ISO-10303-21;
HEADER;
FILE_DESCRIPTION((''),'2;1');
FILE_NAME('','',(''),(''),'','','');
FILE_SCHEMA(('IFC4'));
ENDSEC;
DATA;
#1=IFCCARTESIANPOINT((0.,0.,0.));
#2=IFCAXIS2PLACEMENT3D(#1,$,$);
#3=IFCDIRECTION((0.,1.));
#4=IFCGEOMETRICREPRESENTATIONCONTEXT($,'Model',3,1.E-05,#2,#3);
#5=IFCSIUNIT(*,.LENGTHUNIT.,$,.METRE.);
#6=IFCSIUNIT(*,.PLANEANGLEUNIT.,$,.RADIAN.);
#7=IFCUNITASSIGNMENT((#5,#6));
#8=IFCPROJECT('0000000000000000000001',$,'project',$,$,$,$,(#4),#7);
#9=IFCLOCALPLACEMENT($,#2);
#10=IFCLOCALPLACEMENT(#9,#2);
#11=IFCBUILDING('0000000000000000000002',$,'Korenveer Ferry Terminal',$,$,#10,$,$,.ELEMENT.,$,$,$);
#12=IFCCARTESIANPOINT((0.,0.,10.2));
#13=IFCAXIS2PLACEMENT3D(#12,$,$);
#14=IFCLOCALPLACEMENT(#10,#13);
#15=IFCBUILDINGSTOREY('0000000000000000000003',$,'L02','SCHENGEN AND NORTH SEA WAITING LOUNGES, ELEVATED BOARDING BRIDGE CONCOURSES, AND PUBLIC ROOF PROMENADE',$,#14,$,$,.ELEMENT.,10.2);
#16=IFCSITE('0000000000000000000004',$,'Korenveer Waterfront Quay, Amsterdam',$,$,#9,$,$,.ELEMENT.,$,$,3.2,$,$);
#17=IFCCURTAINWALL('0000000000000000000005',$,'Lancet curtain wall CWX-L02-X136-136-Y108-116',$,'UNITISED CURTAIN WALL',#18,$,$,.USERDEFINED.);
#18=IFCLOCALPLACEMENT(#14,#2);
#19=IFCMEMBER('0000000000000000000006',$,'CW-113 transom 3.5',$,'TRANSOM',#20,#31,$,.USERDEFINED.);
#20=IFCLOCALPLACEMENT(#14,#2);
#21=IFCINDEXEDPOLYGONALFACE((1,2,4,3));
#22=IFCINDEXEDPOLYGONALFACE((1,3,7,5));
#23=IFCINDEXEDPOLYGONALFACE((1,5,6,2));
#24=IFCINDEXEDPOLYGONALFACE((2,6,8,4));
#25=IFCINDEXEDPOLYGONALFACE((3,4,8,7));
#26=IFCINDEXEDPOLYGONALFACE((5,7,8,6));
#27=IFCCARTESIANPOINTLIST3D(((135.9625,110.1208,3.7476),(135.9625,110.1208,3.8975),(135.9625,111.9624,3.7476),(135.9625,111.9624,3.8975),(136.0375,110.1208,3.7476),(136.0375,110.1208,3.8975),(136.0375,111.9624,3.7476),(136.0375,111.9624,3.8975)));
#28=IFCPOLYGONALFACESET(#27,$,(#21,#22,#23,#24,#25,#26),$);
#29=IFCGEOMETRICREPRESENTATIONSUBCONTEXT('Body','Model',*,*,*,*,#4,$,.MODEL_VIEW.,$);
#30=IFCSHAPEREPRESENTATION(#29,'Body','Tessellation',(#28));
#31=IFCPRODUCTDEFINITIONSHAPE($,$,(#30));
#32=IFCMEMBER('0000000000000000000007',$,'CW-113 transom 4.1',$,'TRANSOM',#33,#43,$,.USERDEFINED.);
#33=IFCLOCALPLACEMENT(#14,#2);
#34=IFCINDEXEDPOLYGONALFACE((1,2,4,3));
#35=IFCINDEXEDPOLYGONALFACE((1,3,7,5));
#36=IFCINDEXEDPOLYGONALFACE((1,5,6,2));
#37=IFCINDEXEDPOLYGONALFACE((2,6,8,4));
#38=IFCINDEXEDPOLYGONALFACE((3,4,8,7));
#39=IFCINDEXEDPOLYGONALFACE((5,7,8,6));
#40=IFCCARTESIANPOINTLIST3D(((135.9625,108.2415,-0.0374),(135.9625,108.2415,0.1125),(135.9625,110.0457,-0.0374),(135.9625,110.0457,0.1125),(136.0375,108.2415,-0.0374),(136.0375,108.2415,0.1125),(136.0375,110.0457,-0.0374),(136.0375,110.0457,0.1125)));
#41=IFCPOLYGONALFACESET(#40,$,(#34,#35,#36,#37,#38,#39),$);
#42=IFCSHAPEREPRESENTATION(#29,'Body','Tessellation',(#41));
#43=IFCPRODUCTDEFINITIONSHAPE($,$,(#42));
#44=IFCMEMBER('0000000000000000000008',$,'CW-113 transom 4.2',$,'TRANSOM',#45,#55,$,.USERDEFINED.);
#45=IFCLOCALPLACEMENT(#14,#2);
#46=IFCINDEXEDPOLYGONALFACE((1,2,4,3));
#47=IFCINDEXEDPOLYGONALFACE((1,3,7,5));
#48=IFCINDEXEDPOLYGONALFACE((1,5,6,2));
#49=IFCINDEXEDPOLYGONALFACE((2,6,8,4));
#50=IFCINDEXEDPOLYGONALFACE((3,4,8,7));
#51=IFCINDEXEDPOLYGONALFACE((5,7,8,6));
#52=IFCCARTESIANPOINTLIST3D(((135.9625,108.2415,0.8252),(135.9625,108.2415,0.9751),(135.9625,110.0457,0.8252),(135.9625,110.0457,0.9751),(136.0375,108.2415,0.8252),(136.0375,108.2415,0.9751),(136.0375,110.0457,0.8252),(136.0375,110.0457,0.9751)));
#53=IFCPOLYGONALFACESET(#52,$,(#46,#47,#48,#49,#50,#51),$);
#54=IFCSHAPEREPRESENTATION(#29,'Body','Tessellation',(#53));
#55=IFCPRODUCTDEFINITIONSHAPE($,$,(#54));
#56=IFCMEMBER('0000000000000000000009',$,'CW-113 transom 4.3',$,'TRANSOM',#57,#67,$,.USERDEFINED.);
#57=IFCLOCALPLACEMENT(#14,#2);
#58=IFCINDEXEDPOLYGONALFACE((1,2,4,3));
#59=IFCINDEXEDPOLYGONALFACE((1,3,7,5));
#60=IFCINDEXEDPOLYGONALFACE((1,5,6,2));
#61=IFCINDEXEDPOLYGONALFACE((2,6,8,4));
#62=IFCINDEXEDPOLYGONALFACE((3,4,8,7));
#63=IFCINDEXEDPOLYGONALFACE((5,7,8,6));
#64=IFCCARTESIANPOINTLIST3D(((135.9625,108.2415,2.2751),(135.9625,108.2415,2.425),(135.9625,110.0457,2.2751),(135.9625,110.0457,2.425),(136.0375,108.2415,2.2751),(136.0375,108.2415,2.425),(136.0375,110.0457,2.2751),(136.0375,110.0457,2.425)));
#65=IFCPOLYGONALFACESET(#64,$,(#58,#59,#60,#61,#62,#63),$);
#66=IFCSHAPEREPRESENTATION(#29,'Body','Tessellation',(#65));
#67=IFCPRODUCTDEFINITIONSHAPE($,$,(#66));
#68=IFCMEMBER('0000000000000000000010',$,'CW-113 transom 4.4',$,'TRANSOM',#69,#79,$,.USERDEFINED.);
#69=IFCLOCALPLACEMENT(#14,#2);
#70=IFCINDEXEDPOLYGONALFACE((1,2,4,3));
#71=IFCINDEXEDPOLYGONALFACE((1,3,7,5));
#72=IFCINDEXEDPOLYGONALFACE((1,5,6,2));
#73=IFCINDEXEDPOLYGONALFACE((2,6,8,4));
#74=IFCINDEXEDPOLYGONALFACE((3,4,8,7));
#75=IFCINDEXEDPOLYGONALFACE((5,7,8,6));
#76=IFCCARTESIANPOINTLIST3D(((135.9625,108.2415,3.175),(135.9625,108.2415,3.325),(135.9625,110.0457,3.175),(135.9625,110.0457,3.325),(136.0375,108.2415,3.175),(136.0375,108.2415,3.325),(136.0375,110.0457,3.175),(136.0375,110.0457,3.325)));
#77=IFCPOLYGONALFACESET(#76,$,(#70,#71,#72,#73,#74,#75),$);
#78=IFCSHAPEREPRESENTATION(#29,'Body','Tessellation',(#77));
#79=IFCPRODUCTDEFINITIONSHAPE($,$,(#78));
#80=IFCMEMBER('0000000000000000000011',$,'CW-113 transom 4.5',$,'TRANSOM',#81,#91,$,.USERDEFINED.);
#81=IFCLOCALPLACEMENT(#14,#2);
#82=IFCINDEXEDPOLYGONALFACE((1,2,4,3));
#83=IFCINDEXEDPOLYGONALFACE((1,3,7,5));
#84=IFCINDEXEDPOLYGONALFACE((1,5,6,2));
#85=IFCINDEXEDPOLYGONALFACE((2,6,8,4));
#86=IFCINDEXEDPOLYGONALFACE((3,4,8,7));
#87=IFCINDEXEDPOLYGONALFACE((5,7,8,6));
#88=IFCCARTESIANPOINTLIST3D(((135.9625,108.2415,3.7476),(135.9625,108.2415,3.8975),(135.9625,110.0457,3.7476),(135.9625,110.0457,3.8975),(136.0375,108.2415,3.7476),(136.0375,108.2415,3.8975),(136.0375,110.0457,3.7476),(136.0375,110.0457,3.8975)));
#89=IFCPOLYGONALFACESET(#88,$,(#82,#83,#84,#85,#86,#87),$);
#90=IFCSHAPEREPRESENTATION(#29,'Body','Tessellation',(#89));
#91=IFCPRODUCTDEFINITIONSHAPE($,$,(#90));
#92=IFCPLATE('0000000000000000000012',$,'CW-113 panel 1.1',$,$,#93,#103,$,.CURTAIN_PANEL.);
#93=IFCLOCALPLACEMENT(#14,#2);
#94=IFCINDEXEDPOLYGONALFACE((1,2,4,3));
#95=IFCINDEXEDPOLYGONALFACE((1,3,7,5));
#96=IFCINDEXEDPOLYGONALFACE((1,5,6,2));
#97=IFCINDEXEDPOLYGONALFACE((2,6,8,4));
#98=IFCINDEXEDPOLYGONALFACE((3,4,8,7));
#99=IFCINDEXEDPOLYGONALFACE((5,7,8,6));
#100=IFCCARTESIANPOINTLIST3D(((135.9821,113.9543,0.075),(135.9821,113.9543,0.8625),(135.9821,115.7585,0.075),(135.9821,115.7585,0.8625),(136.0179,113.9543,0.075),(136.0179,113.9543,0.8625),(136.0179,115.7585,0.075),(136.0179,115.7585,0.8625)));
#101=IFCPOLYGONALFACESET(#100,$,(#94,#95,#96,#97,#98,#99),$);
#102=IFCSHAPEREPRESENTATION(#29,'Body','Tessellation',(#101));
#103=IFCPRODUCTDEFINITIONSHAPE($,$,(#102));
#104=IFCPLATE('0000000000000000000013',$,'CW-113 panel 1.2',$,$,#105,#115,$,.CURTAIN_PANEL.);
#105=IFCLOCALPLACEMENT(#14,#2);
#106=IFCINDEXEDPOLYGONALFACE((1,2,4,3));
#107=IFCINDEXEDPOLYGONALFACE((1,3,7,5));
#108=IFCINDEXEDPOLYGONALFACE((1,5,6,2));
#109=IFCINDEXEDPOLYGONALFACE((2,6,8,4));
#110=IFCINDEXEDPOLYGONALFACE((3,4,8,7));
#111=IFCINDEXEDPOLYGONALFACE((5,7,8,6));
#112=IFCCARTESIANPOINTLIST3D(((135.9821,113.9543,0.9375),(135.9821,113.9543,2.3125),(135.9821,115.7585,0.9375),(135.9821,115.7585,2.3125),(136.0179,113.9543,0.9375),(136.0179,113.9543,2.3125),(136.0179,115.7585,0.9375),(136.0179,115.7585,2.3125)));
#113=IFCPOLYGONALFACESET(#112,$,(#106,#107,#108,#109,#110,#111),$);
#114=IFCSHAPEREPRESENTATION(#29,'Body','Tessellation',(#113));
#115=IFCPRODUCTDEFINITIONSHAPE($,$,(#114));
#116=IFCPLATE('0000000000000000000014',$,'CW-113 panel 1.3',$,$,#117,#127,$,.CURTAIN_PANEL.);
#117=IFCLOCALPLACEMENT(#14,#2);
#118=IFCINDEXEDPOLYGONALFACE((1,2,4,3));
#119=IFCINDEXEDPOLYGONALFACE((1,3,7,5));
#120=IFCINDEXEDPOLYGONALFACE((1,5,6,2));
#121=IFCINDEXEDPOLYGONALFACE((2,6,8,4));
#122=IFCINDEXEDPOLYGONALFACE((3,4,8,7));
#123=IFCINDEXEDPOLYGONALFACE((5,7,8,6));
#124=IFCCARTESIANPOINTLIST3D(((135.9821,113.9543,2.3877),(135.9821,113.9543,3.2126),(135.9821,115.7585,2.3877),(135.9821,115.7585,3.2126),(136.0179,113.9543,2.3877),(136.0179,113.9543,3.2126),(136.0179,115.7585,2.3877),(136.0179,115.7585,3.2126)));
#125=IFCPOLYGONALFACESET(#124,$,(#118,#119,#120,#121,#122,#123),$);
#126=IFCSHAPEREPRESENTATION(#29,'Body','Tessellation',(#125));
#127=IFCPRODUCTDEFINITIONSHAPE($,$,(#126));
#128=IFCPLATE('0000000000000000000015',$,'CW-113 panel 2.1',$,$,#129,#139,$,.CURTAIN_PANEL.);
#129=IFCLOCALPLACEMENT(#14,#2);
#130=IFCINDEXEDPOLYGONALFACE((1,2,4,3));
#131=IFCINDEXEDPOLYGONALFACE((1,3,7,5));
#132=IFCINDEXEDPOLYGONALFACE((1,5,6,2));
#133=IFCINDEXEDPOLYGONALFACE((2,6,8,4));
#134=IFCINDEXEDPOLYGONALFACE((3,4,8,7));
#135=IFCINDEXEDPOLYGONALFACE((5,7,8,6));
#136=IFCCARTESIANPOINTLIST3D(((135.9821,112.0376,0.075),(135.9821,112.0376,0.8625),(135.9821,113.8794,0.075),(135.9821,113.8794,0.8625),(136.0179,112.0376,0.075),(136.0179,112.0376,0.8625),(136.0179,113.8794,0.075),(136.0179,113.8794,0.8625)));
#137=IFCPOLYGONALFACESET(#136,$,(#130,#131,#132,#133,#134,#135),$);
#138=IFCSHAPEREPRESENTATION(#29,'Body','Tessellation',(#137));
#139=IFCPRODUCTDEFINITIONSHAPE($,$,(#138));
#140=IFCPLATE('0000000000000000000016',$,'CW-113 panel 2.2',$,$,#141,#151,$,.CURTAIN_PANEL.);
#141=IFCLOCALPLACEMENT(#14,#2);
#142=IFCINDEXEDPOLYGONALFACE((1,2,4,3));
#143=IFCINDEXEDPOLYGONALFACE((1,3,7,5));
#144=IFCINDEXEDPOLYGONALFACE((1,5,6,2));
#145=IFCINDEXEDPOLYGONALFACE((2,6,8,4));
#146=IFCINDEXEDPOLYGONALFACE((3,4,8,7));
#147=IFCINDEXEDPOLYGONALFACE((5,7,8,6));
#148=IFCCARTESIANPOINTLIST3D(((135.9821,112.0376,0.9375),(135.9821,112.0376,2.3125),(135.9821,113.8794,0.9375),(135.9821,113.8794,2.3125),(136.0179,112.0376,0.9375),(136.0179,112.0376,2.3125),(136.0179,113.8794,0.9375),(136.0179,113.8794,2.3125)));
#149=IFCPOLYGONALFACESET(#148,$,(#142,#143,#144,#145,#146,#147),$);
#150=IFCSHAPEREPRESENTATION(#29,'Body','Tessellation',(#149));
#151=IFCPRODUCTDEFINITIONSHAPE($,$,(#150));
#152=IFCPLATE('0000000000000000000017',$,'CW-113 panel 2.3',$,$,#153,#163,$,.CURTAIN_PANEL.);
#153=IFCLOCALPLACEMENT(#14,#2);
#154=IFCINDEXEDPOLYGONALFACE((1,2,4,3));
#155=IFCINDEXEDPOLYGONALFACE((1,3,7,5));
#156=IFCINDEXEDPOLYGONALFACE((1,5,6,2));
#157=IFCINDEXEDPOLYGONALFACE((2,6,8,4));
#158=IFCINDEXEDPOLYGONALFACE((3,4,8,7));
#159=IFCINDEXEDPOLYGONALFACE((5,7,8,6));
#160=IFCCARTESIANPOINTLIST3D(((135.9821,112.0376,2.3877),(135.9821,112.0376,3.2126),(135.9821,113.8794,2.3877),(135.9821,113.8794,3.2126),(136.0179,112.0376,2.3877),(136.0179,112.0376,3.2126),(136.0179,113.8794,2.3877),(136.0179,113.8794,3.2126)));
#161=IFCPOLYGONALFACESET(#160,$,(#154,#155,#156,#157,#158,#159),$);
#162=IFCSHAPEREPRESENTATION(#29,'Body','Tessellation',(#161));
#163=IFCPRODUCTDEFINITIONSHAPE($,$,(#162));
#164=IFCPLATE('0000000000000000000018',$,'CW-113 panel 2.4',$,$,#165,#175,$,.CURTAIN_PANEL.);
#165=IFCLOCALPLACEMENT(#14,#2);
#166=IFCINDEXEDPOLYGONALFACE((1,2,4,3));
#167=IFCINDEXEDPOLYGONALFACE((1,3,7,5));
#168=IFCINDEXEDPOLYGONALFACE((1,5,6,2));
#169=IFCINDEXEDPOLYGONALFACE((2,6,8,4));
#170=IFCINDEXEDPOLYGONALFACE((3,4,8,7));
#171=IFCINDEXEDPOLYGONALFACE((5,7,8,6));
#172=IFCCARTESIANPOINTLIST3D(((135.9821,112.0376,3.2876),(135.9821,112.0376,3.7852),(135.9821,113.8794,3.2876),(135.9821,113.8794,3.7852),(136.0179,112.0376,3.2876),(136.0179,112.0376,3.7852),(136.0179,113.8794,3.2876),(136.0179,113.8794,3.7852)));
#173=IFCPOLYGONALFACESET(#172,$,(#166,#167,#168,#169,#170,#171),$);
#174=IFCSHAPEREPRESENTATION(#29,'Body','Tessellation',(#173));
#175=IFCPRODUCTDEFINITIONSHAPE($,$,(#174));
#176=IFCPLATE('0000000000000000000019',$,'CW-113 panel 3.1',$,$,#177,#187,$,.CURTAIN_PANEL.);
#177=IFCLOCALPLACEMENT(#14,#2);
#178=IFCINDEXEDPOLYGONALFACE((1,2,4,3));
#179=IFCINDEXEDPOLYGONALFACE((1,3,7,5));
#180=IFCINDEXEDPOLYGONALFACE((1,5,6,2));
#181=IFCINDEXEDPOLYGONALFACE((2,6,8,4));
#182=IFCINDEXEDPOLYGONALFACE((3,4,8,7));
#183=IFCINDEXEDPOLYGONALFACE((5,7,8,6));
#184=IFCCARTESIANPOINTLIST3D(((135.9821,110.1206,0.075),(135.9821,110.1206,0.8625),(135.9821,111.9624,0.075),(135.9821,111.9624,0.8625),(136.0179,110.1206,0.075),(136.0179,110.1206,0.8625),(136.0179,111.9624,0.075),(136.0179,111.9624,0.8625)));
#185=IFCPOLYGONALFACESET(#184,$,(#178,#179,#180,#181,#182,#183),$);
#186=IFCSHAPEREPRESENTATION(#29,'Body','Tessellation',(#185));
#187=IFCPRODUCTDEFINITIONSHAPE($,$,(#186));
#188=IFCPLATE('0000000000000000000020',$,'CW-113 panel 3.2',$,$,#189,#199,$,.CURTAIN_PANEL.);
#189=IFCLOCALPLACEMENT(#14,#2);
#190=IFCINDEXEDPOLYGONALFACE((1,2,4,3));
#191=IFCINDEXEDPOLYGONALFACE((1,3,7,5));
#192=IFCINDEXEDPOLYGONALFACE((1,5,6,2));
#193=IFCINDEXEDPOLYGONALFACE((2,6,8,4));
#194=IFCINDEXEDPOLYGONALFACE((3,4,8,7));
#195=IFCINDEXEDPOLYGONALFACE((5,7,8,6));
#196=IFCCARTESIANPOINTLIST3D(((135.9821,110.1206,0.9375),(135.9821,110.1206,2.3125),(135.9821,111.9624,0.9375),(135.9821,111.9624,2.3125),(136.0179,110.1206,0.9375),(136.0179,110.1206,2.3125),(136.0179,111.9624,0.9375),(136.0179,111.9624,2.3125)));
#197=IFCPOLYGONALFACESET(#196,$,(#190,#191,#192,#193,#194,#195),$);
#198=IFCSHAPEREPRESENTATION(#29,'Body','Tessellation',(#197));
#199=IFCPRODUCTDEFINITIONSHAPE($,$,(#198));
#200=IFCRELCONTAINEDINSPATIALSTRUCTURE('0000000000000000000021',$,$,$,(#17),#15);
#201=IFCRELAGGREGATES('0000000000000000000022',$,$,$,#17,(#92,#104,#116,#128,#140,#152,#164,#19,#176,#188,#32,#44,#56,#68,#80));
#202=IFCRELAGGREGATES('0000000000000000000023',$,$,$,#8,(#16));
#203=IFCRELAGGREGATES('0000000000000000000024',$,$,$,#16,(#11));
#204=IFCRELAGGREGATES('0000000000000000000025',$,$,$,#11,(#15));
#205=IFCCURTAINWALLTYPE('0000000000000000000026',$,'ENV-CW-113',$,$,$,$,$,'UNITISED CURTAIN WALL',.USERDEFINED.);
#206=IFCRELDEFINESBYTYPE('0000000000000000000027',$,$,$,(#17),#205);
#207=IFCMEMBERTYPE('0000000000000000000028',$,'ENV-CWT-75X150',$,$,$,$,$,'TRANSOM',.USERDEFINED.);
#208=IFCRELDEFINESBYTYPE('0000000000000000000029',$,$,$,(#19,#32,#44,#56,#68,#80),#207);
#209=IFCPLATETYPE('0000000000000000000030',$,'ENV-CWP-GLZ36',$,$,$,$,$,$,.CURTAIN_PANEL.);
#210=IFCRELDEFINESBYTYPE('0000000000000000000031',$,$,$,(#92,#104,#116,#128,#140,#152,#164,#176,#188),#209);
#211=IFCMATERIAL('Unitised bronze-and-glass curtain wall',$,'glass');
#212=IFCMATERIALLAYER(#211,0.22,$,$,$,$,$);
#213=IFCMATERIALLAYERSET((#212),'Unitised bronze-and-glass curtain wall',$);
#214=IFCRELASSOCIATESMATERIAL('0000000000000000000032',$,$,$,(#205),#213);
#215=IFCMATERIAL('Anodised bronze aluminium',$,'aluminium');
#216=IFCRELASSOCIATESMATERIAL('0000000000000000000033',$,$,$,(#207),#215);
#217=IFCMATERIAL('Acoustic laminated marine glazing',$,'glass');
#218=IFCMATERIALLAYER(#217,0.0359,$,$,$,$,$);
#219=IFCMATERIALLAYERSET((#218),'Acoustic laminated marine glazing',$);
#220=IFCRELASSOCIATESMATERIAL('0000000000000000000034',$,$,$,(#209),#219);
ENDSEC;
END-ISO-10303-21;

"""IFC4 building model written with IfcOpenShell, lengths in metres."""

from ifc_helpers import new_model, si_unit, direction, frame, origin, origin_2d, place, context, subcontext, project, spatial, rectangle, extrude, material, layer, layer_set, material_profile, profile_set, type_object, element, aggregate, save


model = new_model("IFC4")

# Units and contexts
model_context = context("Model", 3, precision=1e-05, world=origin(), true_north=direction((0.0, 1.0)))
body_context = subcontext(model_context, "Body", "Model", "MODEL_VIEW")
ifc_project = project(units=[si_unit("LENGTHUNIT", "METRE"), si_unit("PLANEANGLEUNIT", "RADIAN")], contexts=[model_context])

# Site, building, storey
site_placement = place(None, origin())
site = spatial("IfcSite", under=ifc_project, at=site_placement, Name="Korenveer Waterfront Quay, Amsterdam", CompositionType="ELEMENT", RefElevation=3.2)
building_placement = place(site_placement, origin())
building = spatial("IfcBuilding", under=site, at=building_placement, Name="Korenveer Ferry Terminal", CompositionType="ELEMENT")
storey_placement = place(building_placement, frame((0.0, 0.0, 10.2)))
storey = spatial("IfcBuildingStorey", under=building, at=storey_placement, Name="L02", Description="SCHENGEN AND NORTH SEA WAITING LOUNGES, ELEVATED BOARDING BRIDGE CONCOURSES, AND PUBLIC ROOF PROMENADE", CompositionType="ELEMENT", Elevation=10.2)

# Shared definitions
ifc_material_1 = material(Name="Unitised bronze-and-glass curtain wall", Category="glass")
ifc_material_2 = material(Name="Anodised bronze aluminium", Category="aluminium")

# Curtain wall
ifc_layer_1 = layer(ifc_material_1, 0.22)
ifc_layer_set_1 = layer_set([ifc_layer_1], Name="Unitised bronze-and-glass curtain wall")
curtain_wall_type_1 = type_object("IfcCurtainWallType", Name="ENV-CW-113", ElementType="UNITISED CURTAIN WALL", PredefinedType="USERDEFINED", material=ifc_layer_set_1)
curtain_wall_1_placement = place(storey_placement, frame((136.0, 115.8335, 0.0)))
curtain_wall_1 = element("IfcCurtainWall", 1, at=curtain_wall_1_placement, inside=storey, type_object=curtain_wall_type_1, Name="Lancet curtain wall CWX-L02-X136-136-Y108-116", ObjectType="UNITISED CURTAIN WALL", PredefinedType="USERDEFINED")

# Members
ifc_material_profile_1 = material_profile(ifc_material_2, rectangle(XDim=0.075, YDim=0.1499, at=origin_2d()), Name="ALU 75x150")
ifc_profile_set_1 = profile_set([ifc_material_profile_1], Name="Anodised bronze aluminium")
member_type_1 = type_object("IfcMemberType", Name="ENV-CWT-75X150", ElementType="TRANSOM", PredefinedType="USERDEFINED", material=ifc_profile_set_1)
member_1_placement = place(storey_placement, frame((136.0, 111.9624, 3.8225), z_axis=(0.0, -1.0, 0.0), x_axis=(1.0, 0.0, 0.0)))
member_1 = element("IfcMember", 2, at=member_1_placement, type_object=member_type_1, Name="CW-113 transom 3.5", ObjectType="TRANSOM", PredefinedType="USERDEFINED", context=body_context, shape_type="SweptSolid", body=[
    extrude(rectangle(XDim=0.075, YDim=0.1499, at=origin_2d()), origin(), (0.0, 0.0, 1.0), 1.8416),
])
member_2_placement = place(storey_placement, frame((136.0, 110.0457, 0.0376), z_axis=(0.0, -1.0, 0.0), x_axis=(1.0, 0.0, 0.0)))
member_2 = element("IfcMember", 3, at=member_2_placement, type_object=member_type_1, Name="CW-113 transom 4.1", ObjectType="TRANSOM", PredefinedType="USERDEFINED", context=body_context, shape_type="SweptSolid", body=[
    extrude(rectangle(XDim=0.075, YDim=0.1499, at=origin_2d()), origin(), (0.0, 0.0, 1.0), 1.8042),
])
member_3_placement = place(storey_placement, frame((136.0, 110.0457, 0.9001), z_axis=(0.0, -1.0, 0.0), x_axis=(1.0, 0.0, 0.0)))
member_3 = element("IfcMember", 4, at=member_3_placement, type_object=member_type_1, Name="CW-113 transom 4.2", ObjectType="TRANSOM", PredefinedType="USERDEFINED", context=body_context, shape_type="SweptSolid", body=[
    extrude(rectangle(XDim=0.075, YDim=0.1499, at=origin_2d()), origin(), (0.0, 0.0, 1.0), 1.8042),
])
member_4_placement = place(storey_placement, frame((136.0, 110.0457, 2.3501), z_axis=(0.0, -1.0, 0.0), x_axis=(1.0, 0.0, 0.0)))
member_4 = element("IfcMember", 5, at=member_4_placement, type_object=member_type_1, Name="CW-113 transom 4.3", ObjectType="TRANSOM", PredefinedType="USERDEFINED", context=body_context, shape_type="SweptSolid", body=[
    extrude(rectangle(XDim=0.075, YDim=0.1499, at=origin_2d()), origin(), (0.0, 0.0, 1.0), 1.8042),
])
member_5_placement = place(storey_placement, frame((136.0, 110.0457, 3.25), z_axis=(0.0, -1.0, 0.0), x_axis=(1.0, 0.0, 0.0)))
member_5 = element("IfcMember", 6, at=member_5_placement, type_object=member_type_1, Name="CW-113 transom 4.4", ObjectType="TRANSOM", PredefinedType="USERDEFINED", context=body_context, shape_type="SweptSolid", body=[
    extrude(rectangle(XDim=0.075, YDim=0.1499, at=origin_2d()), origin(), (0.0, 0.0, 1.0), 1.8042),
])
member_6_placement = place(storey_placement, frame((136.0, 110.0457, 3.8225), z_axis=(0.0, -1.0, 0.0), x_axis=(1.0, 0.0, 0.0)))
member_6 = element("IfcMember", 7, at=member_6_placement, type_object=member_type_1, Name="CW-113 transom 4.5", ObjectType="TRANSOM", PredefinedType="USERDEFINED", context=body_context, shape_type="SweptSolid", body=[
    extrude(rectangle(XDim=0.075, YDim=0.1499, at=origin_2d()), origin(), (0.0, 0.0, 1.0), 1.8042),
])

# Plates
ifc_material_3 = material(Name="Acoustic laminated marine glazing", Category="glass")
ifc_layer_2 = layer(ifc_material_3, 0.0359)
ifc_layer_set_2 = layer_set([ifc_layer_2], Name="Acoustic laminated marine glazing")
plate_type = type_object("IfcPlateType", Name="ENV-CWP-GLZ36", PredefinedType="CURTAIN_PANEL", material=ifc_layer_set_2)
plate_1_placement = place(storey_placement, frame((136.0, 114.8564, 0.075), z_axis=(0.0, 0.0, 1.0), x_axis=(0.0, -1.0, 0.0)))
plate_1 = element("IfcPlate", 8, at=plate_1_placement, type_object=plate_type, Name="CW-113 panel 1.1", PredefinedType="CURTAIN_PANEL", context=body_context, shape_type="SweptSolid", body=[
    extrude(rectangle(XDim=1.8042, YDim=0.0359, at=origin_2d()), origin(), (0.0, 0.0, 1.0), 0.7876),
])
plate_2_placement = place(storey_placement, frame((136.0, 114.8564, 0.9375), z_axis=(0.0, 0.0, 1.0), x_axis=(0.0, -1.0, 0.0)))
plate_2 = element("IfcPlate", 9, at=plate_2_placement, type_object=plate_type, Name="CW-113 panel 1.2", PredefinedType="CURTAIN_PANEL", context=body_context, shape_type="SweptSolid", body=[
    extrude(rectangle(XDim=1.8042, YDim=0.0359, at=origin_2d()), origin(), (0.0, 0.0, 1.0), 1.375),
])
plate_3_placement = place(storey_placement, frame((136.0, 114.8564, 2.3877), z_axis=(0.0, 0.0, 1.0), x_axis=(0.0, -1.0, 0.0)))
plate_3 = element("IfcPlate", 10, at=plate_3_placement, type_object=plate_type, Name="CW-113 panel 1.3", PredefinedType="CURTAIN_PANEL", context=body_context, shape_type="SweptSolid", body=[
    extrude(rectangle(XDim=1.8042, YDim=0.0359, at=origin_2d()), origin(), (0.0, 0.0, 1.0), 0.825),
])
plate_4_placement = place(storey_placement, frame((136.0, 112.9585, 0.075), z_axis=(0.0, 0.0, 1.0), x_axis=(0.0, -1.0, 0.0)))
plate_4 = element("IfcPlate", 11, at=plate_4_placement, type_object=plate_type, Name="CW-113 panel 2.1", PredefinedType="CURTAIN_PANEL", context=body_context, shape_type="SweptSolid", body=[
    extrude(rectangle(XDim=1.8418, YDim=0.0359, at=origin_2d()), origin(), (0.0, 0.0, 1.0), 0.7876),
])
plate_5_placement = place(storey_placement, frame((136.0, 112.9585, 0.9375), z_axis=(0.0, 0.0, 1.0), x_axis=(0.0, -1.0, 0.0)))
plate_5 = element("IfcPlate", 12, at=plate_5_placement, type_object=plate_type, Name="CW-113 panel 2.2", PredefinedType="CURTAIN_PANEL", context=body_context, shape_type="SweptSolid", body=[
    extrude(rectangle(XDim=1.8418, YDim=0.0359, at=origin_2d()), origin(), (0.0, 0.0, 1.0), 1.375),
])
plate_6_placement = place(storey_placement, frame((136.0, 112.9585, 2.3877), z_axis=(0.0, 0.0, 1.0), x_axis=(0.0, -1.0, 0.0)))
plate_6 = element("IfcPlate", 13, at=plate_6_placement, type_object=plate_type, Name="CW-113 panel 2.3", PredefinedType="CURTAIN_PANEL", context=body_context, shape_type="SweptSolid", body=[
    extrude(rectangle(XDim=1.8418, YDim=0.0359, at=origin_2d()), origin(), (0.0, 0.0, 1.0), 0.825),
])
plate_7_placement = place(storey_placement, frame((136.0, 112.9585, 3.2876), z_axis=(0.0, 0.0, 1.0), x_axis=(0.0, -1.0, 0.0)))
plate_7 = element("IfcPlate", 14, at=plate_7_placement, type_object=plate_type, Name="CW-113 panel 2.4", PredefinedType="CURTAIN_PANEL", context=body_context, shape_type="SweptSolid", body=[
    extrude(rectangle(XDim=1.8418, YDim=0.0359, at=origin_2d()), origin(), (0.0, 0.0, 1.0), 0.4976),
])
plate_8_placement = place(storey_placement, frame((136.0, 111.0415, 0.075), z_axis=(0.0, 0.0, 1.0), x_axis=(0.0, -1.0, 0.0)))
plate_8 = element("IfcPlate", 15, at=plate_8_placement, type_object=plate_type, Name="CW-113 panel 3.1", PredefinedType="CURTAIN_PANEL", context=body_context, shape_type="SweptSolid", body=[
    extrude(rectangle(XDim=1.8418, YDim=0.0359, at=origin_2d()), origin(), (0.0, 0.0, 1.0), 0.7876),
])
plate_9_placement = place(storey_placement, frame((136.0, 111.0415, 0.9375), z_axis=(0.0, 0.0, 1.0), x_axis=(0.0, -1.0, 0.0)))
plate_9 = element("IfcPlate", 16, at=plate_9_placement, type_object=plate_type, Name="CW-113 panel 3.2", PredefinedType="CURTAIN_PANEL", context=body_context, shape_type="SweptSolid", body=[
    extrude(rectangle(XDim=1.8418, YDim=0.0359, at=origin_2d()), origin(), (0.0, 0.0, 1.0), 1.375),
])
aggregate(curtain_wall_1, [plate_1, plate_2, plate_3, plate_4, plate_5, plate_6, plate_7, member_1, plate_8, plate_9, member_2, member_3, member_4, member_5, member_6])

save(model, "model.ifc")
